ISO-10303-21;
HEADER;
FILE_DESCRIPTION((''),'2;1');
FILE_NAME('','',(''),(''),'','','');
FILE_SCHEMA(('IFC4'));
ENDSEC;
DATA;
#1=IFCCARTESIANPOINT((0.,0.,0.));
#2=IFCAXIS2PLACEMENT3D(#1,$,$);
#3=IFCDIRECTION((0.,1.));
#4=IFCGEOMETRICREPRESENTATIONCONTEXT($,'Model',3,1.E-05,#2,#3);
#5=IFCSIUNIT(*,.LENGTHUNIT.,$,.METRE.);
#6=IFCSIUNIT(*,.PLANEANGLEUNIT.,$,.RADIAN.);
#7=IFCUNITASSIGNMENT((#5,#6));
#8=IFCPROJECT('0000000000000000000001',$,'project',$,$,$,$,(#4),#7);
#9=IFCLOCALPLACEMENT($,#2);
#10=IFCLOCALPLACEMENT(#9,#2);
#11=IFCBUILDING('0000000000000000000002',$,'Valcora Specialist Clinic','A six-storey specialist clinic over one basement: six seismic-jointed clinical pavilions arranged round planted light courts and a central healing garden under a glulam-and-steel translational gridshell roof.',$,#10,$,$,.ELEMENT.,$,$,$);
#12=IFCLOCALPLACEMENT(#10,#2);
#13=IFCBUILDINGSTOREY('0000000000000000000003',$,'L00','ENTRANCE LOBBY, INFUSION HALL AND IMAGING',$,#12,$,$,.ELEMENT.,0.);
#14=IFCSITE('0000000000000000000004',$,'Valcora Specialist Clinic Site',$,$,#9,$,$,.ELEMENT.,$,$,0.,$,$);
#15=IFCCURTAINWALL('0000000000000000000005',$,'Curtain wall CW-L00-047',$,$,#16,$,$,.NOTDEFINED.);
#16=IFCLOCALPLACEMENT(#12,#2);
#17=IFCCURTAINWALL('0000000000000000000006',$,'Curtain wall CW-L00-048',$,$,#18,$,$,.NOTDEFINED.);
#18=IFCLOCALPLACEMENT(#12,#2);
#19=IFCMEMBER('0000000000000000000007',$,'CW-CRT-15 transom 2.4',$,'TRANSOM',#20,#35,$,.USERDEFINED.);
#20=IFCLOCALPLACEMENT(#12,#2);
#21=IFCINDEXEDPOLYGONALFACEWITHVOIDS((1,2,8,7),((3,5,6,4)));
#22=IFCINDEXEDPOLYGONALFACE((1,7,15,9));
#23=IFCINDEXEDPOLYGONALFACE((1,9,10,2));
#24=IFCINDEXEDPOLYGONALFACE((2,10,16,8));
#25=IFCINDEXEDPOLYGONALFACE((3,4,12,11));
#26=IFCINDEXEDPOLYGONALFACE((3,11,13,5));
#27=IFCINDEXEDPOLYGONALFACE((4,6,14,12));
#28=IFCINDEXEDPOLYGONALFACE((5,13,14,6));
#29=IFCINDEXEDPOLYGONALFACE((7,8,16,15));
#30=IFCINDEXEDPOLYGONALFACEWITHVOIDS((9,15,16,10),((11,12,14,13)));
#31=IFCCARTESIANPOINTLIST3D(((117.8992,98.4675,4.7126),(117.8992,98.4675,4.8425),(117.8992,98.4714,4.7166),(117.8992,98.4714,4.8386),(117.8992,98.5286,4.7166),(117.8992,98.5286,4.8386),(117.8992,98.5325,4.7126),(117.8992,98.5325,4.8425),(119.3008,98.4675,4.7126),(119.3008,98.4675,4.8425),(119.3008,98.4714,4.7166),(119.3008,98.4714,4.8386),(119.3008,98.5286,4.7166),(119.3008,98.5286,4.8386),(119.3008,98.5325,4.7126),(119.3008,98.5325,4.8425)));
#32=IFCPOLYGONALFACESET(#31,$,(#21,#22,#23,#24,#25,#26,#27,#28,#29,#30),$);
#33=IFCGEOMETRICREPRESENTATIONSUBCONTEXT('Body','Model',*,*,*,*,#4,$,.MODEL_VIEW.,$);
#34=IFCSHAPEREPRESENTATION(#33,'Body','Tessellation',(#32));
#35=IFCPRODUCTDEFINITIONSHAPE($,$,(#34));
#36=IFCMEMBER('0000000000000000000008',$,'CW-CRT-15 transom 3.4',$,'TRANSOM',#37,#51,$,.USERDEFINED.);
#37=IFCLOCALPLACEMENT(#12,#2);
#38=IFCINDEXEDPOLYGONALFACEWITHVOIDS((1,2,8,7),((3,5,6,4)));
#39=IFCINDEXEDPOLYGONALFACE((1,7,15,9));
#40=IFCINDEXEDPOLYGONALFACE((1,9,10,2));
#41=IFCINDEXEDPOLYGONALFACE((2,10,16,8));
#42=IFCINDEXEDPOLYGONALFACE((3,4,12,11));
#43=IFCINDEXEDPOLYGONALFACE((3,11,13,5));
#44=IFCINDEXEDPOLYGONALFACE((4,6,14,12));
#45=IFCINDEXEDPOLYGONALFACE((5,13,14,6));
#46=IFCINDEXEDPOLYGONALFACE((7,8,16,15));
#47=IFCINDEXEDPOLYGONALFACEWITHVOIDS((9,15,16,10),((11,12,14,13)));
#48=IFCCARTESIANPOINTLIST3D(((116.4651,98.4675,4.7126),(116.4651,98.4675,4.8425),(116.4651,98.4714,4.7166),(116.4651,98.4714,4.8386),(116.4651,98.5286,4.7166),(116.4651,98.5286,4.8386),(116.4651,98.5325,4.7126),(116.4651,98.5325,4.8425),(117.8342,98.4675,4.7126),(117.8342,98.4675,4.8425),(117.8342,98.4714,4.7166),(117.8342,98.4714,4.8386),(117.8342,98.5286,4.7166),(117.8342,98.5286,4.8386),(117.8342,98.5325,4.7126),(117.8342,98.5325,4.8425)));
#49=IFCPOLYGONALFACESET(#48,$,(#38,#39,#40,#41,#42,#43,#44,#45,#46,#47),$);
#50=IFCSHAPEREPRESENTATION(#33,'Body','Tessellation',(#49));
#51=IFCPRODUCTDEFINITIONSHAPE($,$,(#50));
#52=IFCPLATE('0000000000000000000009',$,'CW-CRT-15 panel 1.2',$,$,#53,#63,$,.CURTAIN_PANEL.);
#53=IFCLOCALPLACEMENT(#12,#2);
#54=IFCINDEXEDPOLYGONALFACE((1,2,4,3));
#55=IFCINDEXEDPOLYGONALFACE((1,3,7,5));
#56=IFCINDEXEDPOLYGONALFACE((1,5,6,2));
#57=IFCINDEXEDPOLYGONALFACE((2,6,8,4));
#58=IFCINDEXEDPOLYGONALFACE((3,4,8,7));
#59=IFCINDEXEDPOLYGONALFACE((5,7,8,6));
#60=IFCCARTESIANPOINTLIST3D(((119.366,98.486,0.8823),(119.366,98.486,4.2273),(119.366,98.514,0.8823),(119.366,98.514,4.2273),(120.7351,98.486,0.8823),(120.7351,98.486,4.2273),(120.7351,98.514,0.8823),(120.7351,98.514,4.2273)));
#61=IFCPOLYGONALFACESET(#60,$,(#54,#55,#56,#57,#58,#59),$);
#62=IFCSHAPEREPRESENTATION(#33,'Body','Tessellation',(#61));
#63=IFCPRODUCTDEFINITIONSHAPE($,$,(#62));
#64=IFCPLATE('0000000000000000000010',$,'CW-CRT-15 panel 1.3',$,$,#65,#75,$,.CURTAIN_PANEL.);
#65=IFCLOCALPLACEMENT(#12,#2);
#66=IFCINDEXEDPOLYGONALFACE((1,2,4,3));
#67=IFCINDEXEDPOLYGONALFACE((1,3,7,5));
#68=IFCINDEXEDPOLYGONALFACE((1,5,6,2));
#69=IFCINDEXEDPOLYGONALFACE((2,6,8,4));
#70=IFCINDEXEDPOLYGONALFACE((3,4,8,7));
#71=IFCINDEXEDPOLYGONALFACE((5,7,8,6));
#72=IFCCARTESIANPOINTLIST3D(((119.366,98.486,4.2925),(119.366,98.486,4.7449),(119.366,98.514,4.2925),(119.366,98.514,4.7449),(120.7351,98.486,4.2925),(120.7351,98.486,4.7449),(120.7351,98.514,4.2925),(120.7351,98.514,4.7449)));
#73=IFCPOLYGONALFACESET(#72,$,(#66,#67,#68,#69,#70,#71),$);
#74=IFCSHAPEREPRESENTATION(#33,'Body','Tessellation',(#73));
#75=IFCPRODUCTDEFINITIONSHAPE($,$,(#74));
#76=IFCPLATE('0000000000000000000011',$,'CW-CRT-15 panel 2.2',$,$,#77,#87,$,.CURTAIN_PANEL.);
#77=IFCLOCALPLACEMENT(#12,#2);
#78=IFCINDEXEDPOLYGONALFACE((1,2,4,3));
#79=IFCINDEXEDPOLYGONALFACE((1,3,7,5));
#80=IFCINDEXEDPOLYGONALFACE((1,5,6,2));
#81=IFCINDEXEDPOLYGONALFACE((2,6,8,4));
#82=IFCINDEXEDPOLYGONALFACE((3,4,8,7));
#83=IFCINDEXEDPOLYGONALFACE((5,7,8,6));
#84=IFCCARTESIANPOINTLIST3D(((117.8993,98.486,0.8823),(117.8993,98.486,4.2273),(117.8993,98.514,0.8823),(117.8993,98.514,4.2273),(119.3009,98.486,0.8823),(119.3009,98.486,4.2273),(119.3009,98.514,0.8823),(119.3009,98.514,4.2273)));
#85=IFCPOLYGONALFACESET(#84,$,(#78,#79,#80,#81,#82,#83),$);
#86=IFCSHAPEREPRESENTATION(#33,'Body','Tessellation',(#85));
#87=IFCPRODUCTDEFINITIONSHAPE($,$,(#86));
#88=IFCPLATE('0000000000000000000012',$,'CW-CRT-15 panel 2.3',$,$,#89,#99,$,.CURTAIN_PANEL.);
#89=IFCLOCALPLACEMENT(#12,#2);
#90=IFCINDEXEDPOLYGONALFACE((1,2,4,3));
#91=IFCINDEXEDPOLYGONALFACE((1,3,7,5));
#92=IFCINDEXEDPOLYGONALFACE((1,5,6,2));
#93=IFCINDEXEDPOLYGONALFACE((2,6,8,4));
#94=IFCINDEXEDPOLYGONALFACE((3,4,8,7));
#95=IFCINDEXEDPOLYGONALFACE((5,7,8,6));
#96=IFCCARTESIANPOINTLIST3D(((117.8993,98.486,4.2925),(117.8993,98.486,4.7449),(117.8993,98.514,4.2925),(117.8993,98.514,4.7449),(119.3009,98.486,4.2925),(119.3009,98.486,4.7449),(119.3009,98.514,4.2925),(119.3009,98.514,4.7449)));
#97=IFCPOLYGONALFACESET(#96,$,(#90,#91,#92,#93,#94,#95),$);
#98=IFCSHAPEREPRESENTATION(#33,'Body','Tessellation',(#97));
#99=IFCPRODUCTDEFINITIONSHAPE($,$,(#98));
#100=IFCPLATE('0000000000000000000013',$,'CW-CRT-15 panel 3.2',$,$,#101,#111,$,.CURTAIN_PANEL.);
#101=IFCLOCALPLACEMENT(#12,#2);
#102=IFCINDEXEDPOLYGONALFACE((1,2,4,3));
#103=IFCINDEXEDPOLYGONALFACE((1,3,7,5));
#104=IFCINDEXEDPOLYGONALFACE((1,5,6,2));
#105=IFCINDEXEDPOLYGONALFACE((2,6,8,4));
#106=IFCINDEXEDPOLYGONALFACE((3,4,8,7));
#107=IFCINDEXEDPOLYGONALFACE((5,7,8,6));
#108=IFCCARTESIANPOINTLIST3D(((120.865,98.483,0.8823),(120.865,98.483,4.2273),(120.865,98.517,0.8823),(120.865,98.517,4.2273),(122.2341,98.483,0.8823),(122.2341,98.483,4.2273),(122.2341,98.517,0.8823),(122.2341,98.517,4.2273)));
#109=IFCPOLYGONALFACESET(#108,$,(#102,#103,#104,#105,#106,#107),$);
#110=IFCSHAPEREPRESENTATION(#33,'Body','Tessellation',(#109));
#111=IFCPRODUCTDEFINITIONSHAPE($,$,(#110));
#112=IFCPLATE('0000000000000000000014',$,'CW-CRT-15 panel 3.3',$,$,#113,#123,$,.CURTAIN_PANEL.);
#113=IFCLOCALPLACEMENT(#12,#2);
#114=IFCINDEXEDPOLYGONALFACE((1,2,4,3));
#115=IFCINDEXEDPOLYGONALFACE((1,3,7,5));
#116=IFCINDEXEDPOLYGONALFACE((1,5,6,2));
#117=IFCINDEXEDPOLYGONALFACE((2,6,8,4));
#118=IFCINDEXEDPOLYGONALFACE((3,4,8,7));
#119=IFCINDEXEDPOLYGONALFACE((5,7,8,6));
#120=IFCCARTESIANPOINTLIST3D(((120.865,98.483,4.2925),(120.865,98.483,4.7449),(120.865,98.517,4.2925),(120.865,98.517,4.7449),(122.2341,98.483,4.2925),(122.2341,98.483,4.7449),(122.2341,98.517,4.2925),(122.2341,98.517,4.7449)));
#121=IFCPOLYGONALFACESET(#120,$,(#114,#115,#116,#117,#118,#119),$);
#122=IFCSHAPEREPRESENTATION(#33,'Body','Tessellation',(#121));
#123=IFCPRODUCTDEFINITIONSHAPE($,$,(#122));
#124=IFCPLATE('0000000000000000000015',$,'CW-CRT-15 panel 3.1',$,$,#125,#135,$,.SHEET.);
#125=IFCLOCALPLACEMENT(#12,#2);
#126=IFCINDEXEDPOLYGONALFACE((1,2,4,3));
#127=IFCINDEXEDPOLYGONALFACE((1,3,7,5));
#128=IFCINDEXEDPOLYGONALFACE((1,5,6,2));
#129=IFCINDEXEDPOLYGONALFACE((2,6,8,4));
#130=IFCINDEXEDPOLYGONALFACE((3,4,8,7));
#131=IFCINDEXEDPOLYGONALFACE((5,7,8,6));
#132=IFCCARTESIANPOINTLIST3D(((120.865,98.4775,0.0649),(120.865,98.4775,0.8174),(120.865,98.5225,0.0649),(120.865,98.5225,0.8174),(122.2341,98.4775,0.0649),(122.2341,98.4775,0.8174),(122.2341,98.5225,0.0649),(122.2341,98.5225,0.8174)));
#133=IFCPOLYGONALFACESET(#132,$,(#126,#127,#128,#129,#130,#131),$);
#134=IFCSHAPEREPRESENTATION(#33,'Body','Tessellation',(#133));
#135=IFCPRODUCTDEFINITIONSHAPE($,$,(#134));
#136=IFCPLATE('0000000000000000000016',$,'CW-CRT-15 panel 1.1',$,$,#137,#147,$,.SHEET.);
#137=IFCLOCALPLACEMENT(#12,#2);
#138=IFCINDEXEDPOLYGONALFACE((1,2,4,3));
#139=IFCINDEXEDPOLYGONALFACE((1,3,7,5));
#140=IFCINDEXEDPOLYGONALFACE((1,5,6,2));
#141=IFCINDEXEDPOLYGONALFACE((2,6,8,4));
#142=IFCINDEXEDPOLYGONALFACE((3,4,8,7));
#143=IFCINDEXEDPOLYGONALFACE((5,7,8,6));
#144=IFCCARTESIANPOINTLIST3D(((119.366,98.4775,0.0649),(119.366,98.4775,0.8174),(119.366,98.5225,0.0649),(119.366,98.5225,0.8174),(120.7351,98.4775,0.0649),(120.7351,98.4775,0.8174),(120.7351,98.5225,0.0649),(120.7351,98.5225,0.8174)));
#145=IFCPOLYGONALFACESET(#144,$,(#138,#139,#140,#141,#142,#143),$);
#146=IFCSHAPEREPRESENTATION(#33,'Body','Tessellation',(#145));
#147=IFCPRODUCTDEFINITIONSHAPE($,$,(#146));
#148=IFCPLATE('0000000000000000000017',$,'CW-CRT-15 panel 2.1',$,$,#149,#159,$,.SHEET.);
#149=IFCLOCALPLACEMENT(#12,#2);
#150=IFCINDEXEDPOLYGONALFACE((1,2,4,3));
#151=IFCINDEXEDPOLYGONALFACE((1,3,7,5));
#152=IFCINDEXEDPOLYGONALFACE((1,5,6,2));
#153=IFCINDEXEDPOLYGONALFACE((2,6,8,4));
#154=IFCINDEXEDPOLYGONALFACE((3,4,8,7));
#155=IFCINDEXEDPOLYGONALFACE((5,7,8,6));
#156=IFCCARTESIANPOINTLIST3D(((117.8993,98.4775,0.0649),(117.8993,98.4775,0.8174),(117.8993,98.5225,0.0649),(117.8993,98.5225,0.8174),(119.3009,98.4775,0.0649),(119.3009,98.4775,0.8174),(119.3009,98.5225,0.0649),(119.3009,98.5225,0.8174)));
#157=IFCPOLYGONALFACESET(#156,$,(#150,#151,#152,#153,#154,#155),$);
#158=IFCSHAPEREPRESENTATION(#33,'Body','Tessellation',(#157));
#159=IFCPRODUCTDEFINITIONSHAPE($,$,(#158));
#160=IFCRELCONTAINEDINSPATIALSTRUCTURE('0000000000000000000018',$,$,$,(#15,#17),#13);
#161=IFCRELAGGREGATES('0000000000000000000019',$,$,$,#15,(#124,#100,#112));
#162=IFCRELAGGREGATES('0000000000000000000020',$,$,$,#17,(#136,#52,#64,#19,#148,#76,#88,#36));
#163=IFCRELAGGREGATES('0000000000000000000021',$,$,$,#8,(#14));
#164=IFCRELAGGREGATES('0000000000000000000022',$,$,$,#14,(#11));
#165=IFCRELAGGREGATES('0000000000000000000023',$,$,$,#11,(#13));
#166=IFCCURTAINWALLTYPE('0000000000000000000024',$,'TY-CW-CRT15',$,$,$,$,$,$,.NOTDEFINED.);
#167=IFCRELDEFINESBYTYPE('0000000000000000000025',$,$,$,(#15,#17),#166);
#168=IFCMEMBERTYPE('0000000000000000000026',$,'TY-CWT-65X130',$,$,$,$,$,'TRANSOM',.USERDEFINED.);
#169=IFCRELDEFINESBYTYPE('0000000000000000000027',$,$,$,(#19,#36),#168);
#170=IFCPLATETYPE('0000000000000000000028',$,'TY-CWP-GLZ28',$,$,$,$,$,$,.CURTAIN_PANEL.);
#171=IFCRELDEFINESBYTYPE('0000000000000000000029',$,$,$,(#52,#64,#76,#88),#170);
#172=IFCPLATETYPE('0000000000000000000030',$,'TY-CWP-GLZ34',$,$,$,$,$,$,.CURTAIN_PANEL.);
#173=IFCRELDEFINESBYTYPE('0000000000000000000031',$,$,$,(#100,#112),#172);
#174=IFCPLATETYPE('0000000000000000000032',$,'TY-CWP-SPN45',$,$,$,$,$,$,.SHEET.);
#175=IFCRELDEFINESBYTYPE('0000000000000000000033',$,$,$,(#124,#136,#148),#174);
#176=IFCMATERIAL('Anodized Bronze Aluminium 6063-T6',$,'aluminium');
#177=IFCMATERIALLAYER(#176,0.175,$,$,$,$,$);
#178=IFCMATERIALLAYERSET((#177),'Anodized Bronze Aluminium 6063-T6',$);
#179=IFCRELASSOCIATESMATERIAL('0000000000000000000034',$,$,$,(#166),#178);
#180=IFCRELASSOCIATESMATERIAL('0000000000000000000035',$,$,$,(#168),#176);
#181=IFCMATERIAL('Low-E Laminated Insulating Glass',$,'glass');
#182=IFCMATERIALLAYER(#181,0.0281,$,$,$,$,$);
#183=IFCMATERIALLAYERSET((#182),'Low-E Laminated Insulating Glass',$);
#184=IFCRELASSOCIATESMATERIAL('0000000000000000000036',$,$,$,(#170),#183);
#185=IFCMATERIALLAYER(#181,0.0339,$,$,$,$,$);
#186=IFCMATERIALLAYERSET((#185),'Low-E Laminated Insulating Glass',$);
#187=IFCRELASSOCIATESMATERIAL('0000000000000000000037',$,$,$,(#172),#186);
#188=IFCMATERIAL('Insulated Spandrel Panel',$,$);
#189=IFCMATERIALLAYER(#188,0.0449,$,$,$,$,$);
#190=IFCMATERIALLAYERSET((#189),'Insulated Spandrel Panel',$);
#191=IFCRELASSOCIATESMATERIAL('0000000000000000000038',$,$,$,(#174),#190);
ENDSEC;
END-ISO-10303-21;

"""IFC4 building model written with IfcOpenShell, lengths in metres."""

from ifc_helpers import new_model, si_unit, direction, frame, origin, origin_2d, place, context, subcontext, project, spatial, rectangle, hollow_rectangle, extrude, material, layer, layer_set, material_profile, profile_set, type_object, element, aggregate, save


model = new_model("IFC4")

# Units and contexts
model_context = context("Model", 3, precision=1e-05, world=origin(), true_north=direction((0.0, 1.0)))
body_context = subcontext(model_context, "Body", "Model", "MODEL_VIEW")
ifc_project = project(units=[si_unit("LENGTHUNIT", "METRE"), si_unit("PLANEANGLEUNIT", "RADIAN")], contexts=[model_context])

# Site, building, storey
site_placement = place(None, origin())
site = spatial("IfcSite", under=ifc_project, at=site_placement, Name="Valcora Specialist Clinic Site", CompositionType="ELEMENT", RefElevation=0.0)
building_placement = place(site_placement, origin())
building = spatial("IfcBuilding", under=site, at=building_placement, Name="Valcora Specialist Clinic", Description="A six-storey specialist clinic over one basement: six seismic-jointed clinical pavilions arranged round planted light courts and a central healing garden under a glulam-and-steel translational gridshell roof.", CompositionType="ELEMENT")
storey_placement = place(building_placement, origin())
storey = spatial("IfcBuildingStorey", under=building, at=storey_placement, Name="L00", Description="ENTRANCE LOBBY, INFUSION HALL AND IMAGING", CompositionType="ELEMENT", Elevation=0.0)

# Curtain wall
ifc_material_1 = material(Name="Anodized Bronze Aluminium 6063-T6", Category="aluminium")
ifc_layer_1 = layer(ifc_material_1, 0.175)
ifc_layer_set_1 = layer_set([ifc_layer_1], Name="Anodized Bronze Aluminium 6063-T6")
curtain_wall_type = type_object("IfcCurtainWallType", Name="TY-CW-CRT15", PredefinedType="NOTDEFINED", material=ifc_layer_set_1)
curtain_wall_1_placement = place(storey_placement, origin())
curtain_wall_1 = element("IfcCurtainWall", 1, at=curtain_wall_1_placement, inside=storey, type_object=curtain_wall_type, Name="Curtain wall CW-L00-047", PredefinedType="NOTDEFINED")

# Curtain wall, members, plates
curtain_wall_2_placement = place(storey_placement, origin())
curtain_wall_2 = element("IfcCurtainWall", 2, at=curtain_wall_2_placement, inside=storey, type_object=curtain_wall_type, Name="Curtain wall CW-L00-048", PredefinedType="NOTDEFINED")
ifc_material_profile_1 = material_profile(ifc_material_1, hollow_rectangle(XDim=0.0649, YDim=0.1299, WallThickness=0.0039, at=origin_2d()), Name="AL-TRN-65X130")
ifc_profile_set_1 = profile_set([ifc_material_profile_1], Name="Anodized Bronze Aluminium 6063-T6")
member_type_1 = type_object("IfcMemberType", Name="TY-CWT-65X130", ElementType="TRANSOM", PredefinedType="USERDEFINED", material=ifc_profile_set_1)
member_1_placement = place(storey_placement, frame((119.3008, 98.5, 4.7776), z_axis=(-1.0, 0.0, 0.0), x_axis=(0.0, -1.0, 0.0)))
member_1 = element("IfcMember", 3, at=member_1_placement, type_object=member_type_1, Name="CW-CRT-15 transom 2.4", ObjectType="TRANSOM", PredefinedType="USERDEFINED", context=body_context, shape_type="SweptSolid", body=[
    extrude(hollow_rectangle(XDim=0.0649, YDim=0.1299, WallThickness=0.0039, at=origin_2d()), origin(), (0.0, 0.0, 1.0), 1.4016),
])
member_2_placement = place(storey_placement, frame((117.8342, 98.5, 4.7776), z_axis=(-1.0, 0.0, 0.0), x_axis=(0.0, -1.0, 0.0)))
member_2 = element("IfcMember", 4, at=member_2_placement, type_object=member_type_1, Name="CW-CRT-15 transom 3.4", ObjectType="TRANSOM", PredefinedType="USERDEFINED", context=body_context, shape_type="SweptSolid", body=[
    extrude(hollow_rectangle(XDim=0.0649, YDim=0.1299, WallThickness=0.0039, at=origin_2d()), origin(), (0.0, 0.0, 1.0), 1.3691),
])
ifc_material_2 = material(Name="Low-E Laminated Insulating Glass", Category="glass")
ifc_layer_2 = layer(ifc_material_2, 0.0281)
ifc_layer_set_2 = layer_set([ifc_layer_2], Name="Low-E Laminated Insulating Glass")
plate_type_1 = type_object("IfcPlateType", Name="TY-CWP-GLZ28", PredefinedType="CURTAIN_PANEL", material=ifc_layer_set_2)
plate_1_placement = place(storey_placement, frame((120.0505, 98.5, 0.8823), z_axis=(0.0, 0.0, 1.0), x_axis=(-1.0, 0.0, 0.0)))
plate_1 = element("IfcPlate", 5, at=plate_1_placement, type_object=plate_type_1, Name="CW-CRT-15 panel 1.2", PredefinedType="CURTAIN_PANEL", context=body_context, shape_type="SweptSolid", body=[
    extrude(rectangle(XDim=1.3691, YDim=0.0281, at=origin_2d()), origin(), (0.0, 0.0, 1.0), 3.345),
])
plate_2_placement = place(storey_placement, frame((120.0505, 98.5, 4.2925), z_axis=(0.0, 0.0, 1.0), x_axis=(-1.0, 0.0, 0.0)))
plate_2 = element("IfcPlate", 6, at=plate_2_placement, type_object=plate_type_1, Name="CW-CRT-15 panel 1.3", PredefinedType="CURTAIN_PANEL", context=body_context, shape_type="SweptSolid", body=[
    extrude(rectangle(XDim=1.3691, YDim=0.0281, at=origin_2d()), origin(), (0.0, 0.0, 1.0), 0.4524),
])
plate_3_placement = place(storey_placement, frame((118.6001, 98.5, 0.8823), z_axis=(0.0, 0.0, 1.0), x_axis=(-1.0, 0.0, 0.0)))
plate_3 = element("IfcPlate", 7, at=plate_3_placement, type_object=plate_type_1, Name="CW-CRT-15 panel 2.2", PredefinedType="CURTAIN_PANEL", context=body_context, shape_type="SweptSolid", body=[
    extrude(rectangle(XDim=1.4016, YDim=0.0281, at=origin_2d()), origin(), (0.0, 0.0, 1.0), 3.345),
])
plate_4_placement = place(storey_placement, frame((118.6001, 98.5, 4.2925), z_axis=(0.0, 0.0, 1.0), x_axis=(-1.0, 0.0, 0.0)))
plate_4 = element("IfcPlate", 8, at=plate_4_placement, type_object=plate_type_1, Name="CW-CRT-15 panel 2.3", PredefinedType="CURTAIN_PANEL", context=body_context, shape_type="SweptSolid", body=[
    extrude(rectangle(XDim=1.4016, YDim=0.0281, at=origin_2d()), origin(), (0.0, 0.0, 1.0), 0.4524),
])

# Plates
ifc_layer_3 = layer(ifc_material_2, 0.0339)
ifc_layer_set_3 = layer_set([ifc_layer_3], Name="Low-E Laminated Insulating Glass")
plate_type_2 = type_object("IfcPlateType", Name="TY-CWP-GLZ34", PredefinedType="CURTAIN_PANEL", material=ifc_layer_set_3)
plate_5_placement = place(storey_placement, frame((121.5496, 98.5, 0.8823), z_axis=(0.0, 0.0, 1.0), x_axis=(-1.0, 0.0, 0.0)))
plate_5 = element("IfcPlate", 9, at=plate_5_placement, type_object=plate_type_2, Name="CW-CRT-15 panel 3.2", PredefinedType="CURTAIN_PANEL", context=body_context, shape_type="SweptSolid", body=[
    extrude(rectangle(XDim=1.3691, YDim=0.0339, at=origin_2d()), origin(), (0.0, 0.0, 1.0), 3.345),
])
plate_6_placement = place(storey_placement, frame((121.5496, 98.5, 4.2925), z_axis=(0.0, 0.0, 1.0), x_axis=(-1.0, 0.0, 0.0)))
plate_6 = element("IfcPlate", 10, at=plate_6_placement, type_object=plate_type_2, Name="CW-CRT-15 panel 3.3", PredefinedType="CURTAIN_PANEL", context=body_context, shape_type="SweptSolid", body=[
    extrude(rectangle(XDim=1.3691, YDim=0.0339, at=origin_2d()), origin(), (0.0, 0.0, 1.0), 0.4524),
])
ifc_material_3 = material(Name="Insulated Spandrel Panel")
ifc_layer_4 = layer(ifc_material_3, 0.0449)
ifc_layer_set_4 = layer_set([ifc_layer_4], Name="Insulated Spandrel Panel")
plate_type_3 = type_object("IfcPlateType", Name="TY-CWP-SPN45", PredefinedType="SHEET", material=ifc_layer_set_4)
plate_7_placement = place(storey_placement, frame((121.5496, 98.5, 0.0649), z_axis=(0.0, 0.0, 1.0), x_axis=(-1.0, 0.0, 0.0)))
plate_7 = element("IfcPlate", 11, at=plate_7_placement, type_object=plate_type_3, Name="CW-CRT-15 panel 3.1", PredefinedType="SHEET", context=body_context, shape_type="SweptSolid", body=[
    extrude(rectangle(XDim=1.3691, YDim=0.0449, at=origin_2d()), origin(), (0.0, 0.0, 1.0), 0.7524),
])
aggregate(curtain_wall_1, [plate_7, plate_5, plate_6])
plate_8_placement = place(storey_placement, frame((120.0505, 98.5, 0.0649), z_axis=(0.0, 0.0, 1.0), x_axis=(-1.0, 0.0, 0.0)))
plate_8 = element("IfcPlate", 12, at=plate_8_placement, type_object=plate_type_3, Name="CW-CRT-15 panel 1.1", PredefinedType="SHEET", context=body_context, shape_type="SweptSolid", body=[
    extrude(rectangle(XDim=1.3691, YDim=0.0449, at=origin_2d()), origin(), (0.0, 0.0, 1.0), 0.7524),
])
plate_9_placement = place(storey_placement, frame((118.6001, 98.5, 0.0649), z_axis=(0.0, 0.0, 1.0), x_axis=(-1.0, 0.0, 0.0)))
plate_9 = element("IfcPlate", 13, at=plate_9_placement, type_object=plate_type_3, Name="CW-CRT-15 panel 2.1", PredefinedType="SHEET", context=body_context, shape_type="SweptSolid", body=[
    extrude(rectangle(XDim=1.4016, YDim=0.0449, at=origin_2d()), origin(), (0.0, 0.0, 1.0), 0.7524),
])
aggregate(curtain_wall_2, [plate_8, plate_1, plate_2, member_1, plate_9, plate_3, plate_4, member_2])

save(model, "model.ifc")
